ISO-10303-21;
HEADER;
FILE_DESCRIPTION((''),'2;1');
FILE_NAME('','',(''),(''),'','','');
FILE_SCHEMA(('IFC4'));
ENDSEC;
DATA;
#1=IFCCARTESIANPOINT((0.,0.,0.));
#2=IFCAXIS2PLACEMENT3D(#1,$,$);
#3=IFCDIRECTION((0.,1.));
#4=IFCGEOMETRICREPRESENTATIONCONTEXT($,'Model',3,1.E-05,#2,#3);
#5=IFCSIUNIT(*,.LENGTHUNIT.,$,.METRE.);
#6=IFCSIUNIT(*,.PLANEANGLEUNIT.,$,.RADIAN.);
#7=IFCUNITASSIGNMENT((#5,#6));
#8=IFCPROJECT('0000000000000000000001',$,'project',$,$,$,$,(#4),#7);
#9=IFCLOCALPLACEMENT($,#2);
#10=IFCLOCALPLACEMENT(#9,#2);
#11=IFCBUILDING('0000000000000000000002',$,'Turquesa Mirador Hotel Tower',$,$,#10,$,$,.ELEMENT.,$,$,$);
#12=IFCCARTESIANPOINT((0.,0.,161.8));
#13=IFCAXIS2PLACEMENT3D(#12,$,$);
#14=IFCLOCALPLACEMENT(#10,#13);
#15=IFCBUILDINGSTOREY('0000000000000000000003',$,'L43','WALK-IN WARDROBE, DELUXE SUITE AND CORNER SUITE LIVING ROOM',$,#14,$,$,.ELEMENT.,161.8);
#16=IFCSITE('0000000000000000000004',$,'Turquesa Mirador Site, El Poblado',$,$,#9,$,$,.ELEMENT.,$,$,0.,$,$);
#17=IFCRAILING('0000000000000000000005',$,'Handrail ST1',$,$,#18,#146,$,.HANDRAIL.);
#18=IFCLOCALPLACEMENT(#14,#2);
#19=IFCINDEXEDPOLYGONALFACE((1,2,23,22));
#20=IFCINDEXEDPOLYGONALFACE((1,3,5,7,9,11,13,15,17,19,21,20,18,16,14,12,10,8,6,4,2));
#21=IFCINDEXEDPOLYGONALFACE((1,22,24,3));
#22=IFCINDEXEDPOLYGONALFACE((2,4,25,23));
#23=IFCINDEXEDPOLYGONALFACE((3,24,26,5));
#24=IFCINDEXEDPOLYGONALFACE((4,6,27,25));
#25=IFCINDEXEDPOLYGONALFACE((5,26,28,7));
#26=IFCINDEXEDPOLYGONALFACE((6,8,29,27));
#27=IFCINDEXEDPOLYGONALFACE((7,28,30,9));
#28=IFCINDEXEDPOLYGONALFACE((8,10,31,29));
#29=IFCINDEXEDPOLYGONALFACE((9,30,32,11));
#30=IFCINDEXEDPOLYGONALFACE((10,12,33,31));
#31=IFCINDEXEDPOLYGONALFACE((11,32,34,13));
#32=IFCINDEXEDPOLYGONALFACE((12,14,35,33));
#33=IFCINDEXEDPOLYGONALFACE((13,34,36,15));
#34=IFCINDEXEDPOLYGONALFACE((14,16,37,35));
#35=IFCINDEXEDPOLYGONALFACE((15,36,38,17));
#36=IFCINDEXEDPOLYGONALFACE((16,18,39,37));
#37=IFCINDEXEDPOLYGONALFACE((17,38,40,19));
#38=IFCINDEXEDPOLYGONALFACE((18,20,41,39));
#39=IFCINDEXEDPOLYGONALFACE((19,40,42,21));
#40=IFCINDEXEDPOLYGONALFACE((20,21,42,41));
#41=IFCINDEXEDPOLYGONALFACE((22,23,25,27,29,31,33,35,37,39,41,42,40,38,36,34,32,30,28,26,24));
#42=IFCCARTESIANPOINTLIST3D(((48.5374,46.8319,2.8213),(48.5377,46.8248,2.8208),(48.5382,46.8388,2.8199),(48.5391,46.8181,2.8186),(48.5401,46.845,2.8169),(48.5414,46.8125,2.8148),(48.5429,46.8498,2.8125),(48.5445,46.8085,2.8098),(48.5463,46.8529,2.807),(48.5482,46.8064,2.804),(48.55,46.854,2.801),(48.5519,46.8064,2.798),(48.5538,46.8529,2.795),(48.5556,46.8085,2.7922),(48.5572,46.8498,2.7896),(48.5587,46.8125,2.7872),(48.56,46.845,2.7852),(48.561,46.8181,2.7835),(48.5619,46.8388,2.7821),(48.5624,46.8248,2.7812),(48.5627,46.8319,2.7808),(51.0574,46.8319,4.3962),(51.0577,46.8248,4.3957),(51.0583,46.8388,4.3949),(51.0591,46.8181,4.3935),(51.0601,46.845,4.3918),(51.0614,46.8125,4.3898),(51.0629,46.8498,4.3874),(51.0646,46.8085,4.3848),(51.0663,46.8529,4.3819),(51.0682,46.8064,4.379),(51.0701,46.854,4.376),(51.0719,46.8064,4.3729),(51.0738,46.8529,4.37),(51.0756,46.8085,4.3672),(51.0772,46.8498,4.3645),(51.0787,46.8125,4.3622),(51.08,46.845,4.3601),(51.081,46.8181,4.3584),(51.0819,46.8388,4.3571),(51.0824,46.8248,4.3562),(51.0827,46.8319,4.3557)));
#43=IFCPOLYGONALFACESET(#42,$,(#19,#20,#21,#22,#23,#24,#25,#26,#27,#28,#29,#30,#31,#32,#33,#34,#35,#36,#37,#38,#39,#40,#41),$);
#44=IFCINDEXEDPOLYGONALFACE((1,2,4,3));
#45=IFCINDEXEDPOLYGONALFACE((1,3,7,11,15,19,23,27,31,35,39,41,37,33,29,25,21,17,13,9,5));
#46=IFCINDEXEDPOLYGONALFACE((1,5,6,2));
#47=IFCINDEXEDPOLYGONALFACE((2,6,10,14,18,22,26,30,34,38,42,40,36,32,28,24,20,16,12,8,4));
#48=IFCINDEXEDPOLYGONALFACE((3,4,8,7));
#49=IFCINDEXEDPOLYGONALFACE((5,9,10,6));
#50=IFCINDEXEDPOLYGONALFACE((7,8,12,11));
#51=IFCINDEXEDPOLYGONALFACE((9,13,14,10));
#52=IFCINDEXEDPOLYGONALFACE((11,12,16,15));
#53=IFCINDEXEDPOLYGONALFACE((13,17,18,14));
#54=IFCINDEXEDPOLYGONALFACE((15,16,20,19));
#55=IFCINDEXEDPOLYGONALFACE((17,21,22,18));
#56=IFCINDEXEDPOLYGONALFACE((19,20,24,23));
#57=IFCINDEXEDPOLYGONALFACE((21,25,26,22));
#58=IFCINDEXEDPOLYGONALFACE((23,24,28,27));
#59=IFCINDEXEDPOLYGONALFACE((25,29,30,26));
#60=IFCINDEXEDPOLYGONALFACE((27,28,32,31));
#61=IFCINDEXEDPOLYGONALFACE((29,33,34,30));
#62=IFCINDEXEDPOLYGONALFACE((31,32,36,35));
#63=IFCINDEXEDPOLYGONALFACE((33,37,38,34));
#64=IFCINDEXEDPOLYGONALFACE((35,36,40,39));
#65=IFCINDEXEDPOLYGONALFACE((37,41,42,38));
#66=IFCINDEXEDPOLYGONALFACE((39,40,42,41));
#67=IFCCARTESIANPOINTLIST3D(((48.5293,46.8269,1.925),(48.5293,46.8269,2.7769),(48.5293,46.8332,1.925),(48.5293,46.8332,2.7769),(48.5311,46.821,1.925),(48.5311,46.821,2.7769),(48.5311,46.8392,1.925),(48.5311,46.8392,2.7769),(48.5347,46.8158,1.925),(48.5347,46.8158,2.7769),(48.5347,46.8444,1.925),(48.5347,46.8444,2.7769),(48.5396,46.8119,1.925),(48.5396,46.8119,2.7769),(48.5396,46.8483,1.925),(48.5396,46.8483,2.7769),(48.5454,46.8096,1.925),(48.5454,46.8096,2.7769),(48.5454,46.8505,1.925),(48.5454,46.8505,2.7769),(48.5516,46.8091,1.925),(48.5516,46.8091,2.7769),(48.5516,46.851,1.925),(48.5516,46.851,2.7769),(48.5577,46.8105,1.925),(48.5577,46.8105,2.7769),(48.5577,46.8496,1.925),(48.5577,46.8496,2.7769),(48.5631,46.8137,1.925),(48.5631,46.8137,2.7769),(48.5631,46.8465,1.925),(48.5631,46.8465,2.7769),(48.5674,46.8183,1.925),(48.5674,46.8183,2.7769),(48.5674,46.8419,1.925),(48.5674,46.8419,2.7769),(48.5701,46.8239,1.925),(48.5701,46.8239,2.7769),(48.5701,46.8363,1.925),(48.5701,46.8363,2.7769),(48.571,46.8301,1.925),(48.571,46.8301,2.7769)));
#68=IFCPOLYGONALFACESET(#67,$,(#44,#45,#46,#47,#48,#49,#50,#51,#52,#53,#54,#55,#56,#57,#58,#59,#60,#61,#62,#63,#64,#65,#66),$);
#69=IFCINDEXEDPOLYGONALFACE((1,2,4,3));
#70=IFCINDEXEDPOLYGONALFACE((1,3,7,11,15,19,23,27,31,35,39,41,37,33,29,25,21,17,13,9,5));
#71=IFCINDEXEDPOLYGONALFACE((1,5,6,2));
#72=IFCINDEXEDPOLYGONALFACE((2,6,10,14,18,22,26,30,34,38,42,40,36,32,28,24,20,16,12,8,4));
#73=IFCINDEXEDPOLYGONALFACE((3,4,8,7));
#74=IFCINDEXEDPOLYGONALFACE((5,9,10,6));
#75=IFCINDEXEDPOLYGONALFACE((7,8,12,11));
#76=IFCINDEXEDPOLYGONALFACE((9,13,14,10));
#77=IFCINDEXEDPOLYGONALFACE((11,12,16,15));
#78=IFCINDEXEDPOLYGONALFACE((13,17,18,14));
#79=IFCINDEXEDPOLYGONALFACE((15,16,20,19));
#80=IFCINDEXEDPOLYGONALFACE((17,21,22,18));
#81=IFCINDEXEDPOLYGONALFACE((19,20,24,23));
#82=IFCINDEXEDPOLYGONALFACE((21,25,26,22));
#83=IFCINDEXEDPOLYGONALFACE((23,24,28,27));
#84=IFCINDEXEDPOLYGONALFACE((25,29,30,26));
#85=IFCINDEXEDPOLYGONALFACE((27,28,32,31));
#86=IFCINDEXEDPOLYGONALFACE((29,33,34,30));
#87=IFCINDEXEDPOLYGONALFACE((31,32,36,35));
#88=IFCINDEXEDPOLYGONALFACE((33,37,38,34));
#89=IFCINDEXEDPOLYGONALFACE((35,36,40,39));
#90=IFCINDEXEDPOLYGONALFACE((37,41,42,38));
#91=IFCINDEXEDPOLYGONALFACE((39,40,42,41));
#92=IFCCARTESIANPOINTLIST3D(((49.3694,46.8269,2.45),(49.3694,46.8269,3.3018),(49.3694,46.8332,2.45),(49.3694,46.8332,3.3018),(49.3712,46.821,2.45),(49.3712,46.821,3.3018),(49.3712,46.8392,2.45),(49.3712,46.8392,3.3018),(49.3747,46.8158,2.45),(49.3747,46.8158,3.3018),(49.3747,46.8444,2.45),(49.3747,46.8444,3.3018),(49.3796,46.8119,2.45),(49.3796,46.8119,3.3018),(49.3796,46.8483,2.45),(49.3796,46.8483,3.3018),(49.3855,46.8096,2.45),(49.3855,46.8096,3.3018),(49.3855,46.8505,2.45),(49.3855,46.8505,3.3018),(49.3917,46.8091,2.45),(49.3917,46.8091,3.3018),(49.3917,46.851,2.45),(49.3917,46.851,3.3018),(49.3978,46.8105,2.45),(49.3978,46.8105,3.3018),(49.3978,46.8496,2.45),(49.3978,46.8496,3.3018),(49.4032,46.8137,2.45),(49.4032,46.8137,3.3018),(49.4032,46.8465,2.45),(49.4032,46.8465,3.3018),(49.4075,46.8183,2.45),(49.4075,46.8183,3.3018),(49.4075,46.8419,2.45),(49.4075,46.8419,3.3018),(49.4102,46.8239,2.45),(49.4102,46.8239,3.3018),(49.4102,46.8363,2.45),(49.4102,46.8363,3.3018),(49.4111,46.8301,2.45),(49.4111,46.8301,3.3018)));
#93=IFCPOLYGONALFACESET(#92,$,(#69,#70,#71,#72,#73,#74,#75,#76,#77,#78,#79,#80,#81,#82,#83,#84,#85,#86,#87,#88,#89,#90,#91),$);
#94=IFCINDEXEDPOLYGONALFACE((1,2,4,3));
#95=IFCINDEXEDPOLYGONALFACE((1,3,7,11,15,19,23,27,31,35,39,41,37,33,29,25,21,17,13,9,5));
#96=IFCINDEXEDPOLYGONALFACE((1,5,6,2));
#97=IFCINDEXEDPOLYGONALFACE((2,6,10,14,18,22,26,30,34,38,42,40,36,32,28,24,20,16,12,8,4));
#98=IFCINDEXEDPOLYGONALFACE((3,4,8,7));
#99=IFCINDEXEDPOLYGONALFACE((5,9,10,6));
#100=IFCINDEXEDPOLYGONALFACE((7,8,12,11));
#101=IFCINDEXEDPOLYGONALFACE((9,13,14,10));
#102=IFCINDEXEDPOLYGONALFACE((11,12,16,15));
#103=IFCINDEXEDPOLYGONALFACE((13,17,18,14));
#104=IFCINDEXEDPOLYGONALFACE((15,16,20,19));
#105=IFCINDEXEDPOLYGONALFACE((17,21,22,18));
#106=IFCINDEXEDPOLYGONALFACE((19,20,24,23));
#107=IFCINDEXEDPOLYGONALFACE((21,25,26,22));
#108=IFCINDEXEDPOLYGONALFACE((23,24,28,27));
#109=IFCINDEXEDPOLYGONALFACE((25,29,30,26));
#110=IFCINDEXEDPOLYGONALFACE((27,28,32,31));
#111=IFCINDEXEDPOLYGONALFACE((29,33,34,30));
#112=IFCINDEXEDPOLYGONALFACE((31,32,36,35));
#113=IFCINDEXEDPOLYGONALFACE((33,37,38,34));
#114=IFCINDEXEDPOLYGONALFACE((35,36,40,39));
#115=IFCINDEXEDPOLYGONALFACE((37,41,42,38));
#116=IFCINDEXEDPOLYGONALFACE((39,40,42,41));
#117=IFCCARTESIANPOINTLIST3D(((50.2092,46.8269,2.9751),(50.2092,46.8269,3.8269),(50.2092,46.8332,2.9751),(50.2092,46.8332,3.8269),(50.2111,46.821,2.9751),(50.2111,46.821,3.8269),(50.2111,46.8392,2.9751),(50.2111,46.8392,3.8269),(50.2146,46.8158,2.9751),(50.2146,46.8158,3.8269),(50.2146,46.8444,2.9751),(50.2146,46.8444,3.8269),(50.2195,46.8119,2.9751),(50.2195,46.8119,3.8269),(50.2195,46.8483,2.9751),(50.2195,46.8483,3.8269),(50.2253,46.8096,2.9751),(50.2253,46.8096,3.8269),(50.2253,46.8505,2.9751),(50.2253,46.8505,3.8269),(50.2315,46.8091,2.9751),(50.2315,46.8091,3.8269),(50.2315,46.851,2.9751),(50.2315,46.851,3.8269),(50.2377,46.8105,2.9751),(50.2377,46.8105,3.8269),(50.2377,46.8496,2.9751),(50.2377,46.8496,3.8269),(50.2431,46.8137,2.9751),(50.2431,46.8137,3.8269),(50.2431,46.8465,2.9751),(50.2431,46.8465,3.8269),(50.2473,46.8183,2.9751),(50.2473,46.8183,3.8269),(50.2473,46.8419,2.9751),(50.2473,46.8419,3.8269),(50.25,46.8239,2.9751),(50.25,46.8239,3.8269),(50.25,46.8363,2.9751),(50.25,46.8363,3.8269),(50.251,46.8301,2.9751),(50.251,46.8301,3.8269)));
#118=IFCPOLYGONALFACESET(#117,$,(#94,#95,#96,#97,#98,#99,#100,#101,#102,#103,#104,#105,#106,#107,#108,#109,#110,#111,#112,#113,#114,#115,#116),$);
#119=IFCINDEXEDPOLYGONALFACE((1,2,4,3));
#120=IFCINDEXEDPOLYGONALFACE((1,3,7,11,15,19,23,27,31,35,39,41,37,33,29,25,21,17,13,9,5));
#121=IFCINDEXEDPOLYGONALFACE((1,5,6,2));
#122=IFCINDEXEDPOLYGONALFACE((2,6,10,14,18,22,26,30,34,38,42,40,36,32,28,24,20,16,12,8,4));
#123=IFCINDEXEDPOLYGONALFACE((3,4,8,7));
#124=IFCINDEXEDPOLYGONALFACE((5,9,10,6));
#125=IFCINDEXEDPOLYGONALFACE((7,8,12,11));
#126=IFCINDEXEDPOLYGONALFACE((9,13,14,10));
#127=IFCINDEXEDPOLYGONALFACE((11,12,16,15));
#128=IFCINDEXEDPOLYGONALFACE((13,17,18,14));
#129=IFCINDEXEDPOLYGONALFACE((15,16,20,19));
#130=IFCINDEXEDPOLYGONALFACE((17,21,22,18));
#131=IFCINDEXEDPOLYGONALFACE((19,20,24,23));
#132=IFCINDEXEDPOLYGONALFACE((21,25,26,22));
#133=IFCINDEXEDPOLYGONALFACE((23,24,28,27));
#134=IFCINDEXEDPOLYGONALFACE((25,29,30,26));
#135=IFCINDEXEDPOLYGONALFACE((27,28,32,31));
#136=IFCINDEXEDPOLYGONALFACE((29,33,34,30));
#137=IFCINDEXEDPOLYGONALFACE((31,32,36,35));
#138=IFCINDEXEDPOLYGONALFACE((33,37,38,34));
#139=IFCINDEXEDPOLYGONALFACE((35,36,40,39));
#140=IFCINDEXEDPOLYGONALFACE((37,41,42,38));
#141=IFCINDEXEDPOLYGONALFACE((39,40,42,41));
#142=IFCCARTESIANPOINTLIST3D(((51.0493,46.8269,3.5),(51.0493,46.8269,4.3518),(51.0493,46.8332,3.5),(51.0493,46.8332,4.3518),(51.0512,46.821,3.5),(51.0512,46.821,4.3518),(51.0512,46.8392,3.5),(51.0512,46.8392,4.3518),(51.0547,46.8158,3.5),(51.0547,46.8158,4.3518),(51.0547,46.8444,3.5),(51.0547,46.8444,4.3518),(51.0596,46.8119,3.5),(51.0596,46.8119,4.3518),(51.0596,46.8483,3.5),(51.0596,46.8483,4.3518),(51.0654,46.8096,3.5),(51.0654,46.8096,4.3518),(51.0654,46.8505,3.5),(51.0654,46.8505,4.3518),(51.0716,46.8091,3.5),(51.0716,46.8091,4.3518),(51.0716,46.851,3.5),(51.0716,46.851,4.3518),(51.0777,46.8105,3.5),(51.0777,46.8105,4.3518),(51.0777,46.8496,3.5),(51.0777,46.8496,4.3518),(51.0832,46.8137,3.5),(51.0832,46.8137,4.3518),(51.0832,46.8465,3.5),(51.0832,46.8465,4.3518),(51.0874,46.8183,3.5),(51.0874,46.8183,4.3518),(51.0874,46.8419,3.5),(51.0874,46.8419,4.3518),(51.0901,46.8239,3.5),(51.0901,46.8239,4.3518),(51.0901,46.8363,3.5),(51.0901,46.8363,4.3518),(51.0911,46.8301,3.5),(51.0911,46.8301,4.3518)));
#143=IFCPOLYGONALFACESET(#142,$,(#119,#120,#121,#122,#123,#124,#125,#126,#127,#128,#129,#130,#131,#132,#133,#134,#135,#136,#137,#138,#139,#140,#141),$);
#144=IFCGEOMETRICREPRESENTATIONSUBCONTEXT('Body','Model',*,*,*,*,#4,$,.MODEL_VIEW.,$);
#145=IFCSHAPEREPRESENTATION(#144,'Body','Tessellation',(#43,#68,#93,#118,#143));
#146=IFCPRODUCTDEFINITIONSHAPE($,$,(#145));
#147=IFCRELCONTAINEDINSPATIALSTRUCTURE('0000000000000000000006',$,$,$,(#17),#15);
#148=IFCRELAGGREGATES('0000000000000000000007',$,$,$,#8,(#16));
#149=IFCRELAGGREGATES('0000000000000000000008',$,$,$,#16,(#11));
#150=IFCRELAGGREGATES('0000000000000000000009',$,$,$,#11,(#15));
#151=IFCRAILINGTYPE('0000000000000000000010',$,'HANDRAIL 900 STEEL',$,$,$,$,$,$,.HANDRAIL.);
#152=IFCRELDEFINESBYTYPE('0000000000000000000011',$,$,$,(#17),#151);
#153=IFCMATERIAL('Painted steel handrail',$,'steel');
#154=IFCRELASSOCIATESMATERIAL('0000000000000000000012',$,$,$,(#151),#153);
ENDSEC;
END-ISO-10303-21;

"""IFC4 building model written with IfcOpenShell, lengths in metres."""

from ifc_helpers import new_model, si_unit, direction, frame, origin, origin_2d, place, context, subcontext, project, spatial, circle, extrude, material, type_object, element, save


model = new_model("IFC4")

# Units and contexts
model_context = context("Model", 3, precision=1e-05, world=origin(), true_north=direction((0.0, 1.0)))
body_context = subcontext(model_context, "Body", "Model", "MODEL_VIEW")
ifc_project = project(units=[si_unit("LENGTHUNIT", "METRE"), si_unit("PLANEANGLEUNIT", "RADIAN")], contexts=[model_context])

# Site, building, storey
site_placement = place(None, origin())
site = spatial("IfcSite", under=ifc_project, at=site_placement, Name="Turquesa Mirador Site, El Poblado", CompositionType="ELEMENT", RefElevation=0.0)
building_placement = place(site_placement, origin())
building = spatial("IfcBuilding", under=site, at=building_placement, Name="Turquesa Mirador Hotel Tower", CompositionType="ELEMENT")
storey_placement = place(building_placement, frame((0.0, 0.0, 161.8)))
storey = spatial("IfcBuildingStorey", under=building, at=storey_placement, Name="L43", Description="WALK-IN WARDROBE, DELUXE SUITE AND CORNER SUITE LIVING ROOM", CompositionType="ELEMENT", Elevation=161.8)

# Railing
ifc_material_1 = material(Name="Painted steel handrail", Category="steel")
railing_type = type_object("IfcRailingType", Name="HANDRAIL 900 STEEL", PredefinedType="HANDRAIL", material=ifc_material_1)
for number, where, name in (
    (1, (48.55, 46.8301, 1.925), "Handrail ST1"),
):
    element("IfcRailing", number, at=place(storey_placement, frame(where)), inside=storey, type_object=railing_type, Name=name, PredefinedType="HANDRAIL", context=body_context, shape_type="SweptSolid", body=[
        extrude(circle(Radius=0.0239, at=origin_2d()), frame((0.0, 0.0, 0.876), z_axis=(0.848008, 0.0, 0.529984), x_axis=(0.0, 1.0, 0.0)), (0.0, 0.0, 1.0), 2.9717),
        extrude(circle(Radius=0.021, at=origin_2d()), origin(), (0.0, 0.0, 1.0), 0.8518),
        extrude(circle(Radius=0.021, at=origin_2d()), frame((0.8401, 0.0, 0.5249)), (0.0, 0.0, 1.0), 0.8518),
        extrude(circle(Radius=0.021, at=origin_2d()), frame((1.6799, 0.0, 1.05)), (0.0, 0.0, 1.0), 0.8518),
        extrude(circle(Radius=0.021, at=origin_2d()), frame((2.52, 0.0, 1.575)), (0.0, 0.0, 1.0), 0.8518),
    ])

save(model, "model.ifc")
